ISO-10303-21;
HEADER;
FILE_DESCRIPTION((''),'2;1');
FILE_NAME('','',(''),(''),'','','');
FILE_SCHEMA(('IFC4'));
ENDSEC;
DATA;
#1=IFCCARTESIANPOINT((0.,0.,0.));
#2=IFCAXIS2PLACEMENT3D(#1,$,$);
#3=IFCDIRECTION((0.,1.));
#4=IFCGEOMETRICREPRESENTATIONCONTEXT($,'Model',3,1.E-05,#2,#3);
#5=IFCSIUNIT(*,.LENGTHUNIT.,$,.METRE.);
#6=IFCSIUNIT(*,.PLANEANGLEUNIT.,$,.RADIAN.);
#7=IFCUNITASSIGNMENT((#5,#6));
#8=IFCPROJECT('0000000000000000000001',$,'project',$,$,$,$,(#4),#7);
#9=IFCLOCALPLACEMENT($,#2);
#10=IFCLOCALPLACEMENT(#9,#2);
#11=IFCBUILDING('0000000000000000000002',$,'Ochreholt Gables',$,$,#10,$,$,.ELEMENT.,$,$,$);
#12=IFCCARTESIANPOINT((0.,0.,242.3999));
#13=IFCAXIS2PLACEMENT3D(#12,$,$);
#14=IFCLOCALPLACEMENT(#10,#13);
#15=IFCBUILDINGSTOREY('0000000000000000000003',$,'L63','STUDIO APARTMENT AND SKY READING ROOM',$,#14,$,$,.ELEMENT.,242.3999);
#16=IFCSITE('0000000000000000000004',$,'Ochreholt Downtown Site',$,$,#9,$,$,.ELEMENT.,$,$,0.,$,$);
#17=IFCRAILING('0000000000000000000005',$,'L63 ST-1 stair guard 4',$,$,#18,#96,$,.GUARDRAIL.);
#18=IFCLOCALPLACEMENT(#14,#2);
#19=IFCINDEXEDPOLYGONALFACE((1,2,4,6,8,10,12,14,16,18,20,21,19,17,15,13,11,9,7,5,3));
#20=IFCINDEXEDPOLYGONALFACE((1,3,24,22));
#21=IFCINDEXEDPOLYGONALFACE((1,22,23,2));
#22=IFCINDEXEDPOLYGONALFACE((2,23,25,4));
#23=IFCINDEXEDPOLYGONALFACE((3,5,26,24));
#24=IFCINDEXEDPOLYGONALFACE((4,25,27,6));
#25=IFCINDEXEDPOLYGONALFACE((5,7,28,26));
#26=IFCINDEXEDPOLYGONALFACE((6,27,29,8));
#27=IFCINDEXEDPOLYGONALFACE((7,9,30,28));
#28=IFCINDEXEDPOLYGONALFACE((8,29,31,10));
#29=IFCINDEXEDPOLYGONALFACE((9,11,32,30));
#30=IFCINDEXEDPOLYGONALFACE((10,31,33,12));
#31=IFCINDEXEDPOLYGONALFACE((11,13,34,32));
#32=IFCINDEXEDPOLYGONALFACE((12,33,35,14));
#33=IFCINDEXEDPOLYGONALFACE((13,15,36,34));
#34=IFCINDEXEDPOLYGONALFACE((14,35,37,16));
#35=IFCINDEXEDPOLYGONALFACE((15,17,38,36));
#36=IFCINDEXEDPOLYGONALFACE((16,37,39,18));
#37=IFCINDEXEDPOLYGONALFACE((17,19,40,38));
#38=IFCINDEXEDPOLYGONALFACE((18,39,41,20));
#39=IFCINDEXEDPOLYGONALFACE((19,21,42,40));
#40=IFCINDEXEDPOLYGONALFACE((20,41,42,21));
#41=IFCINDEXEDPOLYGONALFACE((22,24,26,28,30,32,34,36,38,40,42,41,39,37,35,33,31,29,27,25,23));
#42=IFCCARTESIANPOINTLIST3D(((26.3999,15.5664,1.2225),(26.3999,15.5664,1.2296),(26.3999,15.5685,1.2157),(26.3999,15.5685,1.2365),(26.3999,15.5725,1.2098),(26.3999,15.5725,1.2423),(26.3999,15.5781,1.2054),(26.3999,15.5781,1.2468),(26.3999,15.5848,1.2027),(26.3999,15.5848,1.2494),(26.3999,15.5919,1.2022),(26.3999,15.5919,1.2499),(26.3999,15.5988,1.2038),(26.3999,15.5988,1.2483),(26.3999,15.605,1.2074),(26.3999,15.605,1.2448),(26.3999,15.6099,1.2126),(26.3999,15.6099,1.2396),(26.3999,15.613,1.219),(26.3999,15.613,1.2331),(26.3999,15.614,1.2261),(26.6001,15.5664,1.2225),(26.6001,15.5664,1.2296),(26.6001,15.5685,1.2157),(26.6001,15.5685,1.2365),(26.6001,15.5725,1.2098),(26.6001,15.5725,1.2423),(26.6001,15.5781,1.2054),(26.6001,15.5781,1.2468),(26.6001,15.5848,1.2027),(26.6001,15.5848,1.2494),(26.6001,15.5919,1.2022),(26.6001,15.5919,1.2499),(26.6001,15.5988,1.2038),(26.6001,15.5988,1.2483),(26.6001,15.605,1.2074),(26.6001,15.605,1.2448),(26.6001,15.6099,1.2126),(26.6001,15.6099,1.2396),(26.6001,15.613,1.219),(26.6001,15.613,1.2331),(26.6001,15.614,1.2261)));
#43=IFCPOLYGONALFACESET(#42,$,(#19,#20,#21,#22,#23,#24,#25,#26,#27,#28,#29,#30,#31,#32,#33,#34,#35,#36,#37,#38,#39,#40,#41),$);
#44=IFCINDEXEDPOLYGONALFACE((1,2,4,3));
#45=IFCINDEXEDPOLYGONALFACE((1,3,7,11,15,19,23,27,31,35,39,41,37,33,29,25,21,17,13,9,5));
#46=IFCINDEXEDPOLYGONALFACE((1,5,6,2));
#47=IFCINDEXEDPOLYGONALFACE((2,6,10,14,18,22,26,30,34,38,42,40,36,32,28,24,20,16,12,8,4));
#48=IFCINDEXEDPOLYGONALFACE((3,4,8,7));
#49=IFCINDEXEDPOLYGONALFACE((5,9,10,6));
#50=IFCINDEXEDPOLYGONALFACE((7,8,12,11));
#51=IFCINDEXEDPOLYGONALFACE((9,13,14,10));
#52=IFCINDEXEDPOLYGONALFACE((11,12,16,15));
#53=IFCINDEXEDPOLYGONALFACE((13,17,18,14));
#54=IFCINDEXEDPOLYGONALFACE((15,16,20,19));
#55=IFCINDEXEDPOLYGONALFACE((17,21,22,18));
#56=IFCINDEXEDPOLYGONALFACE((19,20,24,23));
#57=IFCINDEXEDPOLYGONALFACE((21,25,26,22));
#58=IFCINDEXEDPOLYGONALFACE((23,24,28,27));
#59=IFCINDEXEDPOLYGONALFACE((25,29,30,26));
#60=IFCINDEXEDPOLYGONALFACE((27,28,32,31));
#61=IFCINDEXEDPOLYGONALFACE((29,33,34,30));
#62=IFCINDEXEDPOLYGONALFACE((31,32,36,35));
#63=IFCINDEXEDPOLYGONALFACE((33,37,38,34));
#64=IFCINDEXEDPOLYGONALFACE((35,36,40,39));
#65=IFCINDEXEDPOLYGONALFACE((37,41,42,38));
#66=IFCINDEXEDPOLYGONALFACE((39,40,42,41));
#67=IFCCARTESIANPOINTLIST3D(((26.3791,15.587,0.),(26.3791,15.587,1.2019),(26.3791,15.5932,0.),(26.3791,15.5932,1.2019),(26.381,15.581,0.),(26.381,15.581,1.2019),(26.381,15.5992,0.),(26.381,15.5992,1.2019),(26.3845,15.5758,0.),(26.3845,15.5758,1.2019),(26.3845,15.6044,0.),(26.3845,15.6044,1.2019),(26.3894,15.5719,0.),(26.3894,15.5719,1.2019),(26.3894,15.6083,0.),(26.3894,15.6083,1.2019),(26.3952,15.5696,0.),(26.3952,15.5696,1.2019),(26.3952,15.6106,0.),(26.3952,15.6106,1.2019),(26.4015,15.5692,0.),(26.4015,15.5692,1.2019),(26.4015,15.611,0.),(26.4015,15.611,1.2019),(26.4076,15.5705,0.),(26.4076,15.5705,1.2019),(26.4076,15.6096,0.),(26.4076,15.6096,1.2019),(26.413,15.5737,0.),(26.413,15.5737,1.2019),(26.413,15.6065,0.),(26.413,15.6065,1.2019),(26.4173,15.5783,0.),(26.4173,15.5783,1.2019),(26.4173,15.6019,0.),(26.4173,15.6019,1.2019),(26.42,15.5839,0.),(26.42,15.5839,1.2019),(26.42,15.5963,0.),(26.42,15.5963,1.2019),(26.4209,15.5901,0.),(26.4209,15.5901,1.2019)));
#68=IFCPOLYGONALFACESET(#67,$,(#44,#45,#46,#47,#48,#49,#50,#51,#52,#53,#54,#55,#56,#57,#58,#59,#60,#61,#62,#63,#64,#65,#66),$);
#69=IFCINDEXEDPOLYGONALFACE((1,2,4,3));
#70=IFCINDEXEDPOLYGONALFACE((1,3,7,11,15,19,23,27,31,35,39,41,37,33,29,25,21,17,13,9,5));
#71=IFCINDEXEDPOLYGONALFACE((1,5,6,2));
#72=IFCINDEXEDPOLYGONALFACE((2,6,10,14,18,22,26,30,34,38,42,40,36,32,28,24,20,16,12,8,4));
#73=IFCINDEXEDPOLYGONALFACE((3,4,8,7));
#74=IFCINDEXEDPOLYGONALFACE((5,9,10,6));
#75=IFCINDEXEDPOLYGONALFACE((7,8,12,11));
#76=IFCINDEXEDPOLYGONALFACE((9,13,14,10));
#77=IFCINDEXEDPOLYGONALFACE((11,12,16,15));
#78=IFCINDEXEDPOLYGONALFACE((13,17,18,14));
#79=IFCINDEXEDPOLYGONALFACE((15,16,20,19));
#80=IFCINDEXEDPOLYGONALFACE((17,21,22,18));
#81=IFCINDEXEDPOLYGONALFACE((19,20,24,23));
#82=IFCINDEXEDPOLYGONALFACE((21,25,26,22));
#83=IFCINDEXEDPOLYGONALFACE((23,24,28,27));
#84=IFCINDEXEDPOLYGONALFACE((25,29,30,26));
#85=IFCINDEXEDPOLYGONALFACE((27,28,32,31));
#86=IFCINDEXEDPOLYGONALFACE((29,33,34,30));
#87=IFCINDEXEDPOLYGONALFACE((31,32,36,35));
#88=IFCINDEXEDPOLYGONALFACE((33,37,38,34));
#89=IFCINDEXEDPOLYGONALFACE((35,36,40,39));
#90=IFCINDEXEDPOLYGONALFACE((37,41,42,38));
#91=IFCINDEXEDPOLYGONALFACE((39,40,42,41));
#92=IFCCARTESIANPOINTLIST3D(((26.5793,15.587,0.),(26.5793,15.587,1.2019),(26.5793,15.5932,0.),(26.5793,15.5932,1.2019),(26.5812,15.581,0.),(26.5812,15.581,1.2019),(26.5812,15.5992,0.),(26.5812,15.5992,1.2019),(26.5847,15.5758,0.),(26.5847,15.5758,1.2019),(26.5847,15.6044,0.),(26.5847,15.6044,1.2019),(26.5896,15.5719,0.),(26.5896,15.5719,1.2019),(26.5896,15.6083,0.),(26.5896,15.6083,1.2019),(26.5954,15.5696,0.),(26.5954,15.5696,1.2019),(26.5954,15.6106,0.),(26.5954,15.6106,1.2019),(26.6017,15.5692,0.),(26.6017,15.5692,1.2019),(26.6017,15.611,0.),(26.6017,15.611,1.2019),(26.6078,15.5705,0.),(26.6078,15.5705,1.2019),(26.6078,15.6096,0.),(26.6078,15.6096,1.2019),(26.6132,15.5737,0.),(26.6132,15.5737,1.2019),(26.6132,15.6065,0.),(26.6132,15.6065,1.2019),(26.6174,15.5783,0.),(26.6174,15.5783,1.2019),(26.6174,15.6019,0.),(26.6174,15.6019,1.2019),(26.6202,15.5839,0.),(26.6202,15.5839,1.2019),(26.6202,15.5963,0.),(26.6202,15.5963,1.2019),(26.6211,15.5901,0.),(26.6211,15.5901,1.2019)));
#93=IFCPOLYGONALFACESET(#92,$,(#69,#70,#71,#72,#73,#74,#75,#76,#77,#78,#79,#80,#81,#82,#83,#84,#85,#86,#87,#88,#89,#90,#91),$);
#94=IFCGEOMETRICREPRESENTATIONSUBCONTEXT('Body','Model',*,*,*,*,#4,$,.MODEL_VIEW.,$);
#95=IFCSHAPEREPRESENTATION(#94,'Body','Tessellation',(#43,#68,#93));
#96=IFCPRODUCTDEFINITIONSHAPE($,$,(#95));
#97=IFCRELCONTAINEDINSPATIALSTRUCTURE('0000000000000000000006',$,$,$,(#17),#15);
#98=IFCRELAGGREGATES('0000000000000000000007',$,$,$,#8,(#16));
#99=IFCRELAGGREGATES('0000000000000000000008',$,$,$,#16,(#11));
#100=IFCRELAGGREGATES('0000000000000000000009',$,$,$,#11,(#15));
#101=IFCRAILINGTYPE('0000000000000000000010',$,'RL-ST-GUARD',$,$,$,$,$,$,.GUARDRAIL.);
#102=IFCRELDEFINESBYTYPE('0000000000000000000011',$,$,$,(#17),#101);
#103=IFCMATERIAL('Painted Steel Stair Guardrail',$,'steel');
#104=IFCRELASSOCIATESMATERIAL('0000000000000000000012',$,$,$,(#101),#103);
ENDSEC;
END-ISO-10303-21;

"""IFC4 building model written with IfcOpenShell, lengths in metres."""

from ifc_helpers import new_model, si_unit, direction, frame, origin, origin_2d, place, context, subcontext, project, spatial, circle, extrude, material, type_object, element, save


model = new_model("IFC4")

# Units and contexts
model_context = context("Model", 3, precision=1e-05, world=origin(), true_north=direction((0.0, 1.0)))
body_context = subcontext(model_context, "Body", "Model", "MODEL_VIEW")
ifc_project = project(units=[si_unit("LENGTHUNIT", "METRE"), si_unit("PLANEANGLEUNIT", "RADIAN")], contexts=[model_context])

# Site, building, storey
site_placement = place(None, origin())
site = spatial("IfcSite", under=ifc_project, at=site_placement, Name="Ochreholt Downtown Site", CompositionType="ELEMENT", RefElevation=0.0)
building_placement = place(site_placement, origin())
building = spatial("IfcBuilding", under=site, at=building_placement, Name="Ochreholt Gables", CompositionType="ELEMENT")
storey_placement = place(building_placement, frame((0.0, 0.0, 242.3999)))
storey = spatial("IfcBuildingStorey", under=building, at=storey_placement, Name="L63", Description="STUDIO APARTMENT AND SKY READING ROOM", CompositionType="ELEMENT", Elevation=242.3999)

# Railing
ifc_material_1 = material(Name="Painted Steel Stair Guardrail", Category="steel")
railing_type = type_object("IfcRailingType", Name="RL-ST-GUARD", PredefinedType="GUARDRAIL", material=ifc_material_1)
railing_1_placement = place(storey_placement, frame((26.3999, 15.5901, 0.0)))
element("IfcRailing", 1, at=railing_1_placement, inside=storey, type_object=railing_type, Name="L63 ST-1 stair guard 4", PredefinedType="GUARDRAIL", context=body_context, shape_type="SweptSolid", body=[
    extrude(circle(Radius=0.0239, at=origin_2d()), frame((0.0, 0.0, 1.2261), z_axis=(1.0, 0.0, 0.0), x_axis=(0.0, 1.0, 0.0)), (0.0, 0.0, 1.0), 0.2002),
    extrude(circle(Radius=0.021, at=origin_2d()), origin(), (0.0, 0.0, 1.0), 1.2019),
    extrude(circle(Radius=0.021, at=origin_2d()), frame((0.2002, 0.0, 0.0)), (0.0, 0.0, 1.0), 1.2019),
])

save(model, "model.ifc")
